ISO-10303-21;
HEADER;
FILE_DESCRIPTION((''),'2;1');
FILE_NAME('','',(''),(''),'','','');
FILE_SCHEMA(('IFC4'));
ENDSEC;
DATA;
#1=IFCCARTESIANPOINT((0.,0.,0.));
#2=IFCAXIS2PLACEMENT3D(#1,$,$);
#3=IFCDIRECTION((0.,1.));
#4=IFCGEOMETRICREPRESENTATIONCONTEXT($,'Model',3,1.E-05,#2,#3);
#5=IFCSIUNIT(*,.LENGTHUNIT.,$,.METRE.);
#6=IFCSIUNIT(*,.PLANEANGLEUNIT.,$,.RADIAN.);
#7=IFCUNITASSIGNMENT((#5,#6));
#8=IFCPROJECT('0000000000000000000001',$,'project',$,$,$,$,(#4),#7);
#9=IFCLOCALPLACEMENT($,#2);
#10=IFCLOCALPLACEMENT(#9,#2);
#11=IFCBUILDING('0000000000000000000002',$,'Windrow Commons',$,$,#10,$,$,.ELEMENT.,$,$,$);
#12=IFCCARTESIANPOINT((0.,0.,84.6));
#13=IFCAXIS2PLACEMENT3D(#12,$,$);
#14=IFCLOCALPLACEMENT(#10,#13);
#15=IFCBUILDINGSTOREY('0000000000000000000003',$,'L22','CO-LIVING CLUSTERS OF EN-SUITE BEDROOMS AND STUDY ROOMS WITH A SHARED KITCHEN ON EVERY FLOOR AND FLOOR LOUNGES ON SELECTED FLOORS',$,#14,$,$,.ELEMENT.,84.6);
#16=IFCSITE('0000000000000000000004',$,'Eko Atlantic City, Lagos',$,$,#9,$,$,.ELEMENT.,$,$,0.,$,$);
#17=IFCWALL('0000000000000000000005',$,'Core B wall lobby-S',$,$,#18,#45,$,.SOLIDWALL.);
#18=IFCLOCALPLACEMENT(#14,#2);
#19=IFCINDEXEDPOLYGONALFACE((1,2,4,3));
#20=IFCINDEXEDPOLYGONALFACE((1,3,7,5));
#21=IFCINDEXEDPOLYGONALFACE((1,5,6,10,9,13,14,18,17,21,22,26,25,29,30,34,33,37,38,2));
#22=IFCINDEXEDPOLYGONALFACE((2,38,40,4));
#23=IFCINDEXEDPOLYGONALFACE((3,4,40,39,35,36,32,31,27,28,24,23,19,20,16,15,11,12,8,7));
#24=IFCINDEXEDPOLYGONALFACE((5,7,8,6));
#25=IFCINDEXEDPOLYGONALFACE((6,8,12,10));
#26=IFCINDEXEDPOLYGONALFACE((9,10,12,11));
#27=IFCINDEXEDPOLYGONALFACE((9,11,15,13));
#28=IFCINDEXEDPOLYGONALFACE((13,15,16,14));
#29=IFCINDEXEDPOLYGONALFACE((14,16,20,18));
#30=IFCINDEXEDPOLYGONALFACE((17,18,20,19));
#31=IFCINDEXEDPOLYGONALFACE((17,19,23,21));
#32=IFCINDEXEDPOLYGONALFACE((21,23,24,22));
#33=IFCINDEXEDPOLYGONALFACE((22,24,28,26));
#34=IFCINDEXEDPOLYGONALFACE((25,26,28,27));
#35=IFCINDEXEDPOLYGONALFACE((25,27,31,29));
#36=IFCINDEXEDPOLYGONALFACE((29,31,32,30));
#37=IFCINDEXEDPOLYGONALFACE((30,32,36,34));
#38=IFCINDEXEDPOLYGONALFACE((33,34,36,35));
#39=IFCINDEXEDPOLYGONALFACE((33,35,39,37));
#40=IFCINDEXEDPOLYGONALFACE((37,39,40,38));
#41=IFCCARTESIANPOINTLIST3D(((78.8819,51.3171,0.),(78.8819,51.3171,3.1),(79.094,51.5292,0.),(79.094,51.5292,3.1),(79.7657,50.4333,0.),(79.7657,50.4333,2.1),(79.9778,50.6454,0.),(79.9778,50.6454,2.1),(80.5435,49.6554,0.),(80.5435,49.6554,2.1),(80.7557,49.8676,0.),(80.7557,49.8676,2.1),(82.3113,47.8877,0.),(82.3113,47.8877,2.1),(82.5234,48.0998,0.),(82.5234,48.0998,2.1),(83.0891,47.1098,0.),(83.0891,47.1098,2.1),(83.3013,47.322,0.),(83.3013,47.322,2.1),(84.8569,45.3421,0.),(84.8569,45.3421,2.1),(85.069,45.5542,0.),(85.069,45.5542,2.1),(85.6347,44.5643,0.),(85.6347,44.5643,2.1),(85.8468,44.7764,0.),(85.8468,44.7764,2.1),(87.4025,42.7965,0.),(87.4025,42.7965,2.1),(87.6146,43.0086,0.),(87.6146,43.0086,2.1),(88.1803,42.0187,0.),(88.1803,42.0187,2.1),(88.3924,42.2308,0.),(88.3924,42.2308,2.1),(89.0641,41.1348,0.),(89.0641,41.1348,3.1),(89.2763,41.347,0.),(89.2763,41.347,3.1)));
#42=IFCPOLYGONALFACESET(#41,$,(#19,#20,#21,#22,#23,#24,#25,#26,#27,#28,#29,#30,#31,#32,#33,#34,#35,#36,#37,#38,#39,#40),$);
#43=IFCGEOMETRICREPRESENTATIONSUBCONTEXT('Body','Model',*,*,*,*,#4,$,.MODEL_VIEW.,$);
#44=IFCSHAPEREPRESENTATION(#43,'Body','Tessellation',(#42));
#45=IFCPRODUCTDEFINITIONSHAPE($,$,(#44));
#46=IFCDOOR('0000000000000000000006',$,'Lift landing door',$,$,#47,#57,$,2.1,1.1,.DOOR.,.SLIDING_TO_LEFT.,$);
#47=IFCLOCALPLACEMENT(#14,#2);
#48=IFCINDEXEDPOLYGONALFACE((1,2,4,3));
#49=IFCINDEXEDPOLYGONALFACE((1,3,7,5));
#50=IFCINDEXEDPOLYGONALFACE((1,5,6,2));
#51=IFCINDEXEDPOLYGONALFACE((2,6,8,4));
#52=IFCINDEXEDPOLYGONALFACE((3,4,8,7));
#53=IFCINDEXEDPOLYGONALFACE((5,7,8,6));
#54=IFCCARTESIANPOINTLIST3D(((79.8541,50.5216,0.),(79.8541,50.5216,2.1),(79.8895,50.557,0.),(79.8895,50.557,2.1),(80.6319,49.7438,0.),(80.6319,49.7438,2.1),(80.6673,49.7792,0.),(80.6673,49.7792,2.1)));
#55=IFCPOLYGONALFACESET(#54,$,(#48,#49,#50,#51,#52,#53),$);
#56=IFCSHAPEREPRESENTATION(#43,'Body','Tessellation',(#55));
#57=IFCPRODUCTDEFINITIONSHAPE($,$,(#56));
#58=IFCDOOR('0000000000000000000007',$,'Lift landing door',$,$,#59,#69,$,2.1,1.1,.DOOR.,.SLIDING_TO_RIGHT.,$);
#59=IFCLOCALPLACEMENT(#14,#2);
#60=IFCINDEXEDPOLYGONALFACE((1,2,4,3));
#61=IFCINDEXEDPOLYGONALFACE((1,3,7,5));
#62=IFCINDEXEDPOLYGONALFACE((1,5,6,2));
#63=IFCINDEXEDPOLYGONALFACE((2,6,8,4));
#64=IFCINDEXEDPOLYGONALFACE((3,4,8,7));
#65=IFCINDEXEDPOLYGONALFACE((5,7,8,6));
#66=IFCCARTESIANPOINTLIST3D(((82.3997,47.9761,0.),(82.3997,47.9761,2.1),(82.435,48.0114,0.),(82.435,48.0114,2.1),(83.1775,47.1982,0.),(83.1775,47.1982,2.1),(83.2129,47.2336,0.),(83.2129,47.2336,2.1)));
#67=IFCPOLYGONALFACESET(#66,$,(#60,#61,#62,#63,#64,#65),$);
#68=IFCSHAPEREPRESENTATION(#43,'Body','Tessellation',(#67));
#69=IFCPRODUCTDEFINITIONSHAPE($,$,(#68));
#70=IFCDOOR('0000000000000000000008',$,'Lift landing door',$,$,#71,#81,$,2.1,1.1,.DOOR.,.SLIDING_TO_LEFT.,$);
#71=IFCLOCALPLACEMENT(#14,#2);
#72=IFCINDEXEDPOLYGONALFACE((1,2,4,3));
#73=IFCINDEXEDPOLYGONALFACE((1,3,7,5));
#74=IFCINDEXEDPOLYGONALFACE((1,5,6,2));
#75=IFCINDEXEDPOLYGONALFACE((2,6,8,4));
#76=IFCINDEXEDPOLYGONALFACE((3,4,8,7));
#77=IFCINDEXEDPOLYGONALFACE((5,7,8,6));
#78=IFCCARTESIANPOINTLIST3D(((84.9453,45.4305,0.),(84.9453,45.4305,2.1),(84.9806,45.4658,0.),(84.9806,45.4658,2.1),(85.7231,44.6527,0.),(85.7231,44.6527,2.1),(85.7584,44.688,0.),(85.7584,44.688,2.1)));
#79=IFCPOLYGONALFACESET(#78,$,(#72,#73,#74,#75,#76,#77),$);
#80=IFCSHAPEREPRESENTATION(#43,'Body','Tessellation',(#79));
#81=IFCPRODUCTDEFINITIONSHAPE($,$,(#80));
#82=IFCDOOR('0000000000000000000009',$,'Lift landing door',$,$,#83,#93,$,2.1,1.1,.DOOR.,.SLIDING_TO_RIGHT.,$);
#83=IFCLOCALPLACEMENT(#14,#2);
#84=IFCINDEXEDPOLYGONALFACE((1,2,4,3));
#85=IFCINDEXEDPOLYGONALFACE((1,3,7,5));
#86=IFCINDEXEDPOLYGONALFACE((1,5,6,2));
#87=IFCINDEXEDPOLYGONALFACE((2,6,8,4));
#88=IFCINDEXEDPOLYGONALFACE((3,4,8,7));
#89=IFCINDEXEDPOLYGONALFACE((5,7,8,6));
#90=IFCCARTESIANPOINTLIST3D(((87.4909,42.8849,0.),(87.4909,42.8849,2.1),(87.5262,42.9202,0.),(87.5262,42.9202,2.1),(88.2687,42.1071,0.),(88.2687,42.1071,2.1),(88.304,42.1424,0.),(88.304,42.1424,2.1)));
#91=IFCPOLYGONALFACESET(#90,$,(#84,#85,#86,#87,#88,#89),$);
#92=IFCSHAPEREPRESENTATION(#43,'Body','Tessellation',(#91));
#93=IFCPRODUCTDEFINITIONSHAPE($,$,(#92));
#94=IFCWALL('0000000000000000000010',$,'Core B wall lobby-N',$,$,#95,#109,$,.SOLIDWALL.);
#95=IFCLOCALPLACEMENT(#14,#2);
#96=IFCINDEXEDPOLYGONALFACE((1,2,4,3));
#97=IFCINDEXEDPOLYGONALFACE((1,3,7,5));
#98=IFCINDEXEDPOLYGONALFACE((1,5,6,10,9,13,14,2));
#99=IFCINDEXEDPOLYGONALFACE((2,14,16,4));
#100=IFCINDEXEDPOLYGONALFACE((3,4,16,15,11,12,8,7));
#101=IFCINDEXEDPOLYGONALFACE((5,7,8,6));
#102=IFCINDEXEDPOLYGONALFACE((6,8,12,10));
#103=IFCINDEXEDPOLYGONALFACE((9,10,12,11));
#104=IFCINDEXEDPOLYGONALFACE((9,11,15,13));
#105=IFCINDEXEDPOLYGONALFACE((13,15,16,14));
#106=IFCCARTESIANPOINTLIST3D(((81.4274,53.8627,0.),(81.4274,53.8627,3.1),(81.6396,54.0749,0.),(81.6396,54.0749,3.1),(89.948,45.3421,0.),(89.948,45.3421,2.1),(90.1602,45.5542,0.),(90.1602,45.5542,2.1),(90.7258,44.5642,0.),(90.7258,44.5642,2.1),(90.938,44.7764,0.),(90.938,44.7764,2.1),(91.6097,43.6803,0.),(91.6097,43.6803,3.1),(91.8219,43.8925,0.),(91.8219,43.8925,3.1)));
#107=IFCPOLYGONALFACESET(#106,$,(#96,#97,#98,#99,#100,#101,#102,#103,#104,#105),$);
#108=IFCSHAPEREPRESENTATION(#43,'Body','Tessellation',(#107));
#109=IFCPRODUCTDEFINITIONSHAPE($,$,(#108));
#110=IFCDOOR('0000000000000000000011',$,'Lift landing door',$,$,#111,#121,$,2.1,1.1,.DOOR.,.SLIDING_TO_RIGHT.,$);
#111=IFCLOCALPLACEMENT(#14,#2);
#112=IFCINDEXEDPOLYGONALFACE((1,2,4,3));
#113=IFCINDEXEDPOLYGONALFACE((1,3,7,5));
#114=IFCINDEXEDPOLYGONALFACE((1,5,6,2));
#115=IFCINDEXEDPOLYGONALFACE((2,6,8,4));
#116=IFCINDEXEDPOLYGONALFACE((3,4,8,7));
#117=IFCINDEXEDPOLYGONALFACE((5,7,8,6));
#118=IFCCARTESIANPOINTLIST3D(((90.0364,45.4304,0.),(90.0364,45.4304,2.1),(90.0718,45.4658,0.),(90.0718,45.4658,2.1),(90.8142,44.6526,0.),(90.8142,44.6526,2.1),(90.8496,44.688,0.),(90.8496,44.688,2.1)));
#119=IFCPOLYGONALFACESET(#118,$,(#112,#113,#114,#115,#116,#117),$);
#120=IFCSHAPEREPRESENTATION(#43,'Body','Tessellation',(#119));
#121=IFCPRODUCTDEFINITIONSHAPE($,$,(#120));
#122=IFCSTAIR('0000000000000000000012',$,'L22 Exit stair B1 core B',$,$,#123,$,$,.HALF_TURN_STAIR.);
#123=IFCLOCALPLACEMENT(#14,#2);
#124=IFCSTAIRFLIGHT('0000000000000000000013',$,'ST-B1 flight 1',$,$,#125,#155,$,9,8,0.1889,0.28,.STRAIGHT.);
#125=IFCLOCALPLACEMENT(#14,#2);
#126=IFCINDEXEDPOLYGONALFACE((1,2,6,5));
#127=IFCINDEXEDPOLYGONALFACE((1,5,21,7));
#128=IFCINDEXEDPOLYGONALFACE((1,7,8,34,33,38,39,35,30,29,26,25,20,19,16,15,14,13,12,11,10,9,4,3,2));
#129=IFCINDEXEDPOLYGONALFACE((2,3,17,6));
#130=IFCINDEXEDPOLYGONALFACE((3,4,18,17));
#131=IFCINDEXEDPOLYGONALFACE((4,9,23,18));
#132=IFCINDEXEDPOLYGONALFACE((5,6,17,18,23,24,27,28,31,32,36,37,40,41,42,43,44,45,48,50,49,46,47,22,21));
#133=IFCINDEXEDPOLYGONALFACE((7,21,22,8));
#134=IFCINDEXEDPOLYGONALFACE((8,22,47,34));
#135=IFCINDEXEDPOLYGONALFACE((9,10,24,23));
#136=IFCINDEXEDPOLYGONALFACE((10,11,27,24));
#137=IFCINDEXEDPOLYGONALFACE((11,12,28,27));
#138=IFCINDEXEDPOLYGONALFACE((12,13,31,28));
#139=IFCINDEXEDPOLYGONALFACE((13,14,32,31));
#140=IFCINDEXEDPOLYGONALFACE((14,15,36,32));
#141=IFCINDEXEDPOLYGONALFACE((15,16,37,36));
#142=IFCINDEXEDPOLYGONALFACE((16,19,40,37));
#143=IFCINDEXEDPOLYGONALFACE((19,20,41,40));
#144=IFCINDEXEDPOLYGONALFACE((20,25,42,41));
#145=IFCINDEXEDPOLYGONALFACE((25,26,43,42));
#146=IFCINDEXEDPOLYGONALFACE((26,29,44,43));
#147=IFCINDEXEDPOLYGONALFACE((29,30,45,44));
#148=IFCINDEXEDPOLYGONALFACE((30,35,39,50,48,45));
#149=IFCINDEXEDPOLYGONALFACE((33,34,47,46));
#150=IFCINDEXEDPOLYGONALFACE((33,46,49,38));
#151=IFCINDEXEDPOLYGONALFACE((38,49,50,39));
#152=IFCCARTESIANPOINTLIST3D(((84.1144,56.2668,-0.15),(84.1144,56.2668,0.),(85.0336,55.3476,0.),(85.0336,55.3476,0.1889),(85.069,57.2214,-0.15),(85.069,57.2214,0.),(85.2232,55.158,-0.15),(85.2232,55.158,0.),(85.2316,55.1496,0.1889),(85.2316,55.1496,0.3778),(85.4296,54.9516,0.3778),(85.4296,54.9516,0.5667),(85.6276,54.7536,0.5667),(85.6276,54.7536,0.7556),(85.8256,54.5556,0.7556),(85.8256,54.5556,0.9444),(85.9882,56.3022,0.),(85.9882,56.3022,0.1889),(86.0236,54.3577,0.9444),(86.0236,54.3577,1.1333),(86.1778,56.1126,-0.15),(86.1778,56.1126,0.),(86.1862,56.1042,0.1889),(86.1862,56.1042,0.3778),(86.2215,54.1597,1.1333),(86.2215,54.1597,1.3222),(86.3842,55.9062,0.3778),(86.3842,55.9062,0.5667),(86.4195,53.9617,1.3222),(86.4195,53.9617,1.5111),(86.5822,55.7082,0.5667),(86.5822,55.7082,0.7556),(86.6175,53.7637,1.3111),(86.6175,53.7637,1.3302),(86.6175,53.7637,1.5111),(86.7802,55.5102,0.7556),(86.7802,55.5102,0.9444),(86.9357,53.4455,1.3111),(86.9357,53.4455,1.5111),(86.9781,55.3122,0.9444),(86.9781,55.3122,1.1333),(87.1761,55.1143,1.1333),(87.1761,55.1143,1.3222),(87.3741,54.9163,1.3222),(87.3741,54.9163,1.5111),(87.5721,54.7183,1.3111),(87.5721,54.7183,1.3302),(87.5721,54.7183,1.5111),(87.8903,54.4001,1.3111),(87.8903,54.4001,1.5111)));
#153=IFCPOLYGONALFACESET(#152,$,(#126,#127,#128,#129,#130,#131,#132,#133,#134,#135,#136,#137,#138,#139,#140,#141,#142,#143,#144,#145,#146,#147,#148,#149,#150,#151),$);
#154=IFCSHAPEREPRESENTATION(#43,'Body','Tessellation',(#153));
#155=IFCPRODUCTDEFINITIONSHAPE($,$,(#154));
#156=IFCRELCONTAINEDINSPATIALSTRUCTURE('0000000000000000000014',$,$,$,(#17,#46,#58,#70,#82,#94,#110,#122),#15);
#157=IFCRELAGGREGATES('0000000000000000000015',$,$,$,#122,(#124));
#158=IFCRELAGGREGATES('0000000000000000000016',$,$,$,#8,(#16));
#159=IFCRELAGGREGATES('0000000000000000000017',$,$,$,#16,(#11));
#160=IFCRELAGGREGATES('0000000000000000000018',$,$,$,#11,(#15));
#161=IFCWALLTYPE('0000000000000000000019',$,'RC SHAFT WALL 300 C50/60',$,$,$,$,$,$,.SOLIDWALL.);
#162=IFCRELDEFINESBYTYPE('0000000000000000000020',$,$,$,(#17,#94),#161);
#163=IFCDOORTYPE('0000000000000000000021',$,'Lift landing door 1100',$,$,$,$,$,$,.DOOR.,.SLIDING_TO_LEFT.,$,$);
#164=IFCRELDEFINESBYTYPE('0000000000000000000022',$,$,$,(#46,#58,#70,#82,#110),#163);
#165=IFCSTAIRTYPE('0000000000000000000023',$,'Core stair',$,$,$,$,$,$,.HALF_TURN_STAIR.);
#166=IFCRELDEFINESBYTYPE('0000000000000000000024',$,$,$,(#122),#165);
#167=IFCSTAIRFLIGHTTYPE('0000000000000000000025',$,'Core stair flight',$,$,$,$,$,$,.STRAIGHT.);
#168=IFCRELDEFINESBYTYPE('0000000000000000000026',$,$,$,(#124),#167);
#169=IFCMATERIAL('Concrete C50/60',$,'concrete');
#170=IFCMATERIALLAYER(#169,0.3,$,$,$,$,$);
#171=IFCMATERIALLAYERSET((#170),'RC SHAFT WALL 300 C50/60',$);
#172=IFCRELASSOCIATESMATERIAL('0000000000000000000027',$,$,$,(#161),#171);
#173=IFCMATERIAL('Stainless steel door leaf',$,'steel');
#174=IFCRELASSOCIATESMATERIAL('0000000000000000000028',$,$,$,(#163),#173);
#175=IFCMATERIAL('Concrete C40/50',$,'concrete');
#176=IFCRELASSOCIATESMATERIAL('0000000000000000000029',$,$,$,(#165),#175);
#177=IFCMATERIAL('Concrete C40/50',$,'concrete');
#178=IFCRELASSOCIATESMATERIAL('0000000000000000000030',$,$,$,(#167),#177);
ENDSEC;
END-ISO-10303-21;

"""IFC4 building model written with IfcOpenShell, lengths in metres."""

from ifc_helpers import new_model, si_unit, direction, frame, frame_2d, origin, place, context, subcontext, project, spatial, polyline, rectangle, outline, extrude, material, layer, layer_set, type_object, element, fill, aggregate, save


model = new_model("IFC4")

# Units and contexts
model_context = context("Model", 3, precision=1e-05, world=origin(), true_north=direction((0.0, 1.0)))
body_context = subcontext(model_context, "Body", "Model", "MODEL_VIEW")
ifc_project = project(units=[si_unit("LENGTHUNIT", "METRE"), si_unit("PLANEANGLEUNIT", "RADIAN")], contexts=[model_context])

# Site, building, storey
site_placement = place(None, origin())
site = spatial("IfcSite", under=ifc_project, at=site_placement, Name="Eko Atlantic City, Lagos", CompositionType="ELEMENT", RefElevation=0.0)
building_placement = place(site_placement, origin())
building = spatial("IfcBuilding", under=site, at=building_placement, Name="Windrow Commons", CompositionType="ELEMENT")
storey_placement = place(building_placement, frame((0.0, 0.0, 84.6)))
storey = spatial("IfcBuildingStorey", under=building, at=storey_placement, Name="L22", Description="CO-LIVING CLUSTERS OF EN-SUITE BEDROOMS AND STUDY ROOMS WITH A SHARED KITCHEN ON EVERY FLOOR AND FLOOR LOUNGES ON SELECTED FLOORS", CompositionType="ELEMENT", Elevation=84.6)

# Shared definitions
ifc_material_1 = material(Name="Concrete C50/60", Category="concrete")
ifc_layer_1 = layer(ifc_material_1, 0.3)
ifc_layer_set_1 = layer_set([ifc_layer_1], Name="RC SHAFT WALL 300 C50/60")
wall_type_1 = type_object("IfcWallType", Name="RC SHAFT WALL 300 C50/60", PredefinedType="SOLIDWALL", material=ifc_layer_set_1)

# Wall, openings, doors
wall_1_placement = place(storey_placement, frame((78.9879, 51.4232, 0.0), z_axis=(0.0, 0.0, 1.0), x_axis=(0.707107, -0.707107, 0.0)))
wall_1 = element("IfcWall", 1, at=wall_1_placement, inside=storey, type_object=wall_type_1, Name="Core B wall lobby-S", PredefinedType="SOLIDWALL", context=body_context, shape_type="SweptSolid", body=[
    extrude(rectangle(XDim=14.3999, YDim=0.3, at=frame_2d((7.2, 0.0))), origin(), (0.0, 0.0, 1.0), 3.1),
])
opening_1_placement = place(wall_1_placement, frame((1.25, 0.0, 0.0)))
opening_1 = element("IfcOpeningElement", 2, at=opening_1_placement, cuts=wall_1, PredefinedType="OPENING", context=body_context, shape_type="SweptSolid", body=[
    extrude(rectangle(XDim=1.1, YDim=2.1, at=frame_2d((0.55, 1.05))), frame((0.0, 0.16, 0.0), z_axis=(0.0, -1.0, 0.0), x_axis=(1.0, 0.0, 0.0)), (0.0, 0.0, 1.0), 0.32),
])
opening_2_placement = place(wall_1_placement, frame((4.85, 0.0, 0.0)))
opening_2 = element("IfcOpeningElement", 3, at=opening_2_placement, cuts=wall_1, PredefinedType="OPENING", context=body_context, shape_type="SweptSolid", body=[
    extrude(rectangle(XDim=1.1, YDim=2.1, at=frame_2d((0.55, 1.05))), frame((0.0, 0.16, 0.0), z_axis=(0.0, -1.0, 0.0), x_axis=(1.0, 0.0, 0.0)), (0.0, 0.0, 1.0), 0.32),
])
opening_3_placement = place(wall_1_placement, frame((8.45, 0.0, 0.0)))
opening_3 = element("IfcOpeningElement", 4, at=opening_3_placement, cuts=wall_1, PredefinedType="OPENING", context=body_context, shape_type="SweptSolid", body=[
    extrude(rectangle(XDim=1.1, YDim=2.1, at=frame_2d((0.55, 1.05))), frame((0.0, 0.16, 0.0), z_axis=(0.0, -1.0, 0.0), x_axis=(1.0, 0.0, 0.0)), (0.0, 0.0, 1.0), 0.32),
])
opening_4_placement = place(wall_1_placement, frame((12.05, 0.0, 0.0)))
opening_4 = element("IfcOpeningElement", 5, at=opening_4_placement, cuts=wall_1, PredefinedType="OPENING", context=body_context, shape_type="SweptSolid", body=[
    extrude(rectangle(XDim=1.1, YDim=2.1, at=frame_2d((0.55, 1.05))), frame((0.0, 0.16, 0.0), z_axis=(0.0, -1.0, 0.0), x_axis=(1.0, 0.0, 0.0)), (0.0, 0.0, 1.0), 0.32),
])
ifc_material_2 = material(Name="Stainless steel door leaf", Category="steel")
door_type_1 = type_object("IfcDoorType", Name="Lift landing door 1100", OperationType="SLIDING_TO_LEFT", PredefinedType="DOOR", material=ifc_material_2)
door_1_placement = place(opening_1_placement, origin())
door_1 = element("IfcDoor", 6, at=door_1_placement, inside=storey, type_object=door_type_1, Name="Lift landing door", OperationType="SLIDING_TO_LEFT", OverallHeight=2.1, OverallWidth=1.1, PredefinedType="DOOR", context=body_context, shape_type="SweptSolid", body=[
    extrude(rectangle(XDim=1.1, YDim=2.1, at=frame_2d((0.55, 1.05))), frame((0.0, 0.025, 0.0), z_axis=(0.0, -1.0, 0.0), x_axis=(1.0, 0.0, 0.0)), (0.0, 0.0, 1.0), 0.05),
])
fill(opening_1, door_1)
door_2_placement = place(opening_2_placement, origin())
door_2 = element("IfcDoor", 7, at=door_2_placement, inside=storey, type_object=door_type_1, Name="Lift landing door", OperationType="SLIDING_TO_RIGHT", OverallHeight=2.1, OverallWidth=1.1, PredefinedType="DOOR", context=body_context, shape_type="SweptSolid", body=[
    extrude(rectangle(XDim=1.1, YDim=2.1, at=frame_2d((0.55, 1.05))), frame((0.0, 0.025, 0.0), z_axis=(0.0, -1.0, 0.0), x_axis=(1.0, 0.0, 0.0)), (0.0, 0.0, 1.0), 0.05),
])
fill(opening_2, door_2)
door_3_placement = place(opening_3_placement, origin())
door_3 = element("IfcDoor", 8, at=door_3_placement, inside=storey, type_object=door_type_1, Name="Lift landing door", OperationType="SLIDING_TO_LEFT", OverallHeight=2.1, OverallWidth=1.1, PredefinedType="DOOR", context=body_context, shape_type="SweptSolid", body=[
    extrude(rectangle(XDim=1.1, YDim=2.1, at=frame_2d((0.55, 1.05))), frame((0.0, 0.025, 0.0), z_axis=(0.0, -1.0, 0.0), x_axis=(1.0, 0.0, 0.0)), (0.0, 0.0, 1.0), 0.05),
])
fill(opening_3, door_3)
door_4_placement = place(opening_4_placement, origin())
door_4 = element("IfcDoor", 9, at=door_4_placement, inside=storey, type_object=door_type_1, Name="Lift landing door", OperationType="SLIDING_TO_RIGHT", OverallHeight=2.1, OverallWidth=1.1, PredefinedType="DOOR", context=body_context, shape_type="SweptSolid", body=[
    extrude(rectangle(XDim=1.1, YDim=2.1, at=frame_2d((0.55, 1.05))), frame((0.0, 0.025, 0.0), z_axis=(0.0, -1.0, 0.0), x_axis=(1.0, 0.0, 0.0)), (0.0, 0.0, 1.0), 0.05),
])
fill(opening_4, door_4)

# Wall, opening, door
wall_2_placement = place(storey_placement, frame((81.5335, 53.9688, 0.0), z_axis=(0.0, 0.0, 1.0), x_axis=(0.707103, -0.70711, 0.0)))
wall_2 = element("IfcWall", 10, at=wall_2_placement, inside=storey, type_object=wall_type_1, Name="Core B wall lobby-N", PredefinedType="SOLIDWALL", context=body_context, shape_type="SweptSolid", body=[
    extrude(rectangle(XDim=14.4, YDim=0.3, at=frame_2d((7.2, 0.0))), origin(), (0.0, 0.0, 1.0), 3.1),
])
opening_5_placement = place(wall_2_placement, frame((12.05, 0.0, 0.0)))
opening_5 = element("IfcOpeningElement", 11, at=opening_5_placement, cuts=wall_2, PredefinedType="OPENING", context=body_context, shape_type="SweptSolid", body=[
    extrude(rectangle(XDim=1.1, YDim=2.1, at=frame_2d((0.55, 1.05))), frame((0.0, 0.16, 0.0), z_axis=(0.0, -1.0, 0.0), x_axis=(1.0, 0.0, 0.0)), (0.0, 0.0, 1.0), 0.32),
])
door_5_placement = place(opening_5_placement, origin())
door_5 = element("IfcDoor", 12, at=door_5_placement, inside=storey, type_object=door_type_1, Name="Lift landing door", OperationType="SLIDING_TO_RIGHT", OverallHeight=2.1, OverallWidth=1.1, PredefinedType="DOOR", context=body_context, shape_type="SweptSolid", body=[
    extrude(rectangle(XDim=1.1, YDim=2.1, at=frame_2d((0.55, 1.05))), frame((0.0, 0.025, 0.0), z_axis=(0.0, -1.0, 0.0), x_axis=(1.0, 0.0, 0.0)), (0.0, 0.0, 1.0), 0.05),
])
fill(opening_5, door_5)

# Stair, stair flight
ifc_material_3 = material(Name="Concrete C40/50", Category="concrete")
stair_type = type_object("IfcStairType", Name="Core stair", PredefinedType="HALF_TURN_STAIR", material=ifc_material_3)
stair_placement = place(storey_placement, origin())
stair = element("IfcStair", 13, at=stair_placement, inside=storey, type_object=stair_type, Name="L22 Exit stair B1 core B", PredefinedType="HALF_TURN_STAIR")
ifc_material_4 = material(Name="Concrete C40/50", Category="concrete")
stair_flight_type = type_object("IfcStairFlightType", Name="Core stair flight", PredefinedType="STRAIGHT", material=ifc_material_4)
stair_flight_placement = place(storey_placement, frame((85.5109, 55.8249, 0.0), z_axis=(0.0, 0.0, 1.0), x_axis=(0.707107, -0.707107, 0.0)))
stair_flight = element("IfcStairFlight", 14, at=stair_flight_placement, type_object=stair_flight_type, Name="ST-B1 flight 1", NumberOfRisers=9, NumberOfTreads=8, PredefinedType="STRAIGHT", RiserHeight=0.1889, TreadLength=0.28, context=body_context, shape_type="SweptSolid", body=[
    extrude(outline(polyline([(-1.3, -0.15), (-1.3, 0.0), (0.0, 0.0), (0.0, 0.1889), (0.28, 0.1889), (0.28, 0.3778), (0.56, 0.3778), (0.56, 0.5667), (0.84, 0.5667), (0.84, 0.7556), (1.12, 0.7556), (1.12, 0.9444), (1.4, 0.9444), (1.4, 1.1333), (1.68, 1.1333), (1.68, 1.3222), (1.96, 1.3222), (1.96, 1.5111), (2.24, 1.5111), (2.69, 1.5111), (2.69, 1.3111), (2.24, 1.3111), (2.24, 1.3302), (0.2682, 0.0), (0.2682, -0.15), (-1.3, -0.15)])), frame((0.0, 0.675, 0.0), z_axis=(0.0, -1.0, 0.0), x_axis=(1.0, 0.0, 0.0)), (0.0, 0.0, 1.0), 1.35),
])
aggregate(stair, [stair_flight])

save(model, "model.ifc")
